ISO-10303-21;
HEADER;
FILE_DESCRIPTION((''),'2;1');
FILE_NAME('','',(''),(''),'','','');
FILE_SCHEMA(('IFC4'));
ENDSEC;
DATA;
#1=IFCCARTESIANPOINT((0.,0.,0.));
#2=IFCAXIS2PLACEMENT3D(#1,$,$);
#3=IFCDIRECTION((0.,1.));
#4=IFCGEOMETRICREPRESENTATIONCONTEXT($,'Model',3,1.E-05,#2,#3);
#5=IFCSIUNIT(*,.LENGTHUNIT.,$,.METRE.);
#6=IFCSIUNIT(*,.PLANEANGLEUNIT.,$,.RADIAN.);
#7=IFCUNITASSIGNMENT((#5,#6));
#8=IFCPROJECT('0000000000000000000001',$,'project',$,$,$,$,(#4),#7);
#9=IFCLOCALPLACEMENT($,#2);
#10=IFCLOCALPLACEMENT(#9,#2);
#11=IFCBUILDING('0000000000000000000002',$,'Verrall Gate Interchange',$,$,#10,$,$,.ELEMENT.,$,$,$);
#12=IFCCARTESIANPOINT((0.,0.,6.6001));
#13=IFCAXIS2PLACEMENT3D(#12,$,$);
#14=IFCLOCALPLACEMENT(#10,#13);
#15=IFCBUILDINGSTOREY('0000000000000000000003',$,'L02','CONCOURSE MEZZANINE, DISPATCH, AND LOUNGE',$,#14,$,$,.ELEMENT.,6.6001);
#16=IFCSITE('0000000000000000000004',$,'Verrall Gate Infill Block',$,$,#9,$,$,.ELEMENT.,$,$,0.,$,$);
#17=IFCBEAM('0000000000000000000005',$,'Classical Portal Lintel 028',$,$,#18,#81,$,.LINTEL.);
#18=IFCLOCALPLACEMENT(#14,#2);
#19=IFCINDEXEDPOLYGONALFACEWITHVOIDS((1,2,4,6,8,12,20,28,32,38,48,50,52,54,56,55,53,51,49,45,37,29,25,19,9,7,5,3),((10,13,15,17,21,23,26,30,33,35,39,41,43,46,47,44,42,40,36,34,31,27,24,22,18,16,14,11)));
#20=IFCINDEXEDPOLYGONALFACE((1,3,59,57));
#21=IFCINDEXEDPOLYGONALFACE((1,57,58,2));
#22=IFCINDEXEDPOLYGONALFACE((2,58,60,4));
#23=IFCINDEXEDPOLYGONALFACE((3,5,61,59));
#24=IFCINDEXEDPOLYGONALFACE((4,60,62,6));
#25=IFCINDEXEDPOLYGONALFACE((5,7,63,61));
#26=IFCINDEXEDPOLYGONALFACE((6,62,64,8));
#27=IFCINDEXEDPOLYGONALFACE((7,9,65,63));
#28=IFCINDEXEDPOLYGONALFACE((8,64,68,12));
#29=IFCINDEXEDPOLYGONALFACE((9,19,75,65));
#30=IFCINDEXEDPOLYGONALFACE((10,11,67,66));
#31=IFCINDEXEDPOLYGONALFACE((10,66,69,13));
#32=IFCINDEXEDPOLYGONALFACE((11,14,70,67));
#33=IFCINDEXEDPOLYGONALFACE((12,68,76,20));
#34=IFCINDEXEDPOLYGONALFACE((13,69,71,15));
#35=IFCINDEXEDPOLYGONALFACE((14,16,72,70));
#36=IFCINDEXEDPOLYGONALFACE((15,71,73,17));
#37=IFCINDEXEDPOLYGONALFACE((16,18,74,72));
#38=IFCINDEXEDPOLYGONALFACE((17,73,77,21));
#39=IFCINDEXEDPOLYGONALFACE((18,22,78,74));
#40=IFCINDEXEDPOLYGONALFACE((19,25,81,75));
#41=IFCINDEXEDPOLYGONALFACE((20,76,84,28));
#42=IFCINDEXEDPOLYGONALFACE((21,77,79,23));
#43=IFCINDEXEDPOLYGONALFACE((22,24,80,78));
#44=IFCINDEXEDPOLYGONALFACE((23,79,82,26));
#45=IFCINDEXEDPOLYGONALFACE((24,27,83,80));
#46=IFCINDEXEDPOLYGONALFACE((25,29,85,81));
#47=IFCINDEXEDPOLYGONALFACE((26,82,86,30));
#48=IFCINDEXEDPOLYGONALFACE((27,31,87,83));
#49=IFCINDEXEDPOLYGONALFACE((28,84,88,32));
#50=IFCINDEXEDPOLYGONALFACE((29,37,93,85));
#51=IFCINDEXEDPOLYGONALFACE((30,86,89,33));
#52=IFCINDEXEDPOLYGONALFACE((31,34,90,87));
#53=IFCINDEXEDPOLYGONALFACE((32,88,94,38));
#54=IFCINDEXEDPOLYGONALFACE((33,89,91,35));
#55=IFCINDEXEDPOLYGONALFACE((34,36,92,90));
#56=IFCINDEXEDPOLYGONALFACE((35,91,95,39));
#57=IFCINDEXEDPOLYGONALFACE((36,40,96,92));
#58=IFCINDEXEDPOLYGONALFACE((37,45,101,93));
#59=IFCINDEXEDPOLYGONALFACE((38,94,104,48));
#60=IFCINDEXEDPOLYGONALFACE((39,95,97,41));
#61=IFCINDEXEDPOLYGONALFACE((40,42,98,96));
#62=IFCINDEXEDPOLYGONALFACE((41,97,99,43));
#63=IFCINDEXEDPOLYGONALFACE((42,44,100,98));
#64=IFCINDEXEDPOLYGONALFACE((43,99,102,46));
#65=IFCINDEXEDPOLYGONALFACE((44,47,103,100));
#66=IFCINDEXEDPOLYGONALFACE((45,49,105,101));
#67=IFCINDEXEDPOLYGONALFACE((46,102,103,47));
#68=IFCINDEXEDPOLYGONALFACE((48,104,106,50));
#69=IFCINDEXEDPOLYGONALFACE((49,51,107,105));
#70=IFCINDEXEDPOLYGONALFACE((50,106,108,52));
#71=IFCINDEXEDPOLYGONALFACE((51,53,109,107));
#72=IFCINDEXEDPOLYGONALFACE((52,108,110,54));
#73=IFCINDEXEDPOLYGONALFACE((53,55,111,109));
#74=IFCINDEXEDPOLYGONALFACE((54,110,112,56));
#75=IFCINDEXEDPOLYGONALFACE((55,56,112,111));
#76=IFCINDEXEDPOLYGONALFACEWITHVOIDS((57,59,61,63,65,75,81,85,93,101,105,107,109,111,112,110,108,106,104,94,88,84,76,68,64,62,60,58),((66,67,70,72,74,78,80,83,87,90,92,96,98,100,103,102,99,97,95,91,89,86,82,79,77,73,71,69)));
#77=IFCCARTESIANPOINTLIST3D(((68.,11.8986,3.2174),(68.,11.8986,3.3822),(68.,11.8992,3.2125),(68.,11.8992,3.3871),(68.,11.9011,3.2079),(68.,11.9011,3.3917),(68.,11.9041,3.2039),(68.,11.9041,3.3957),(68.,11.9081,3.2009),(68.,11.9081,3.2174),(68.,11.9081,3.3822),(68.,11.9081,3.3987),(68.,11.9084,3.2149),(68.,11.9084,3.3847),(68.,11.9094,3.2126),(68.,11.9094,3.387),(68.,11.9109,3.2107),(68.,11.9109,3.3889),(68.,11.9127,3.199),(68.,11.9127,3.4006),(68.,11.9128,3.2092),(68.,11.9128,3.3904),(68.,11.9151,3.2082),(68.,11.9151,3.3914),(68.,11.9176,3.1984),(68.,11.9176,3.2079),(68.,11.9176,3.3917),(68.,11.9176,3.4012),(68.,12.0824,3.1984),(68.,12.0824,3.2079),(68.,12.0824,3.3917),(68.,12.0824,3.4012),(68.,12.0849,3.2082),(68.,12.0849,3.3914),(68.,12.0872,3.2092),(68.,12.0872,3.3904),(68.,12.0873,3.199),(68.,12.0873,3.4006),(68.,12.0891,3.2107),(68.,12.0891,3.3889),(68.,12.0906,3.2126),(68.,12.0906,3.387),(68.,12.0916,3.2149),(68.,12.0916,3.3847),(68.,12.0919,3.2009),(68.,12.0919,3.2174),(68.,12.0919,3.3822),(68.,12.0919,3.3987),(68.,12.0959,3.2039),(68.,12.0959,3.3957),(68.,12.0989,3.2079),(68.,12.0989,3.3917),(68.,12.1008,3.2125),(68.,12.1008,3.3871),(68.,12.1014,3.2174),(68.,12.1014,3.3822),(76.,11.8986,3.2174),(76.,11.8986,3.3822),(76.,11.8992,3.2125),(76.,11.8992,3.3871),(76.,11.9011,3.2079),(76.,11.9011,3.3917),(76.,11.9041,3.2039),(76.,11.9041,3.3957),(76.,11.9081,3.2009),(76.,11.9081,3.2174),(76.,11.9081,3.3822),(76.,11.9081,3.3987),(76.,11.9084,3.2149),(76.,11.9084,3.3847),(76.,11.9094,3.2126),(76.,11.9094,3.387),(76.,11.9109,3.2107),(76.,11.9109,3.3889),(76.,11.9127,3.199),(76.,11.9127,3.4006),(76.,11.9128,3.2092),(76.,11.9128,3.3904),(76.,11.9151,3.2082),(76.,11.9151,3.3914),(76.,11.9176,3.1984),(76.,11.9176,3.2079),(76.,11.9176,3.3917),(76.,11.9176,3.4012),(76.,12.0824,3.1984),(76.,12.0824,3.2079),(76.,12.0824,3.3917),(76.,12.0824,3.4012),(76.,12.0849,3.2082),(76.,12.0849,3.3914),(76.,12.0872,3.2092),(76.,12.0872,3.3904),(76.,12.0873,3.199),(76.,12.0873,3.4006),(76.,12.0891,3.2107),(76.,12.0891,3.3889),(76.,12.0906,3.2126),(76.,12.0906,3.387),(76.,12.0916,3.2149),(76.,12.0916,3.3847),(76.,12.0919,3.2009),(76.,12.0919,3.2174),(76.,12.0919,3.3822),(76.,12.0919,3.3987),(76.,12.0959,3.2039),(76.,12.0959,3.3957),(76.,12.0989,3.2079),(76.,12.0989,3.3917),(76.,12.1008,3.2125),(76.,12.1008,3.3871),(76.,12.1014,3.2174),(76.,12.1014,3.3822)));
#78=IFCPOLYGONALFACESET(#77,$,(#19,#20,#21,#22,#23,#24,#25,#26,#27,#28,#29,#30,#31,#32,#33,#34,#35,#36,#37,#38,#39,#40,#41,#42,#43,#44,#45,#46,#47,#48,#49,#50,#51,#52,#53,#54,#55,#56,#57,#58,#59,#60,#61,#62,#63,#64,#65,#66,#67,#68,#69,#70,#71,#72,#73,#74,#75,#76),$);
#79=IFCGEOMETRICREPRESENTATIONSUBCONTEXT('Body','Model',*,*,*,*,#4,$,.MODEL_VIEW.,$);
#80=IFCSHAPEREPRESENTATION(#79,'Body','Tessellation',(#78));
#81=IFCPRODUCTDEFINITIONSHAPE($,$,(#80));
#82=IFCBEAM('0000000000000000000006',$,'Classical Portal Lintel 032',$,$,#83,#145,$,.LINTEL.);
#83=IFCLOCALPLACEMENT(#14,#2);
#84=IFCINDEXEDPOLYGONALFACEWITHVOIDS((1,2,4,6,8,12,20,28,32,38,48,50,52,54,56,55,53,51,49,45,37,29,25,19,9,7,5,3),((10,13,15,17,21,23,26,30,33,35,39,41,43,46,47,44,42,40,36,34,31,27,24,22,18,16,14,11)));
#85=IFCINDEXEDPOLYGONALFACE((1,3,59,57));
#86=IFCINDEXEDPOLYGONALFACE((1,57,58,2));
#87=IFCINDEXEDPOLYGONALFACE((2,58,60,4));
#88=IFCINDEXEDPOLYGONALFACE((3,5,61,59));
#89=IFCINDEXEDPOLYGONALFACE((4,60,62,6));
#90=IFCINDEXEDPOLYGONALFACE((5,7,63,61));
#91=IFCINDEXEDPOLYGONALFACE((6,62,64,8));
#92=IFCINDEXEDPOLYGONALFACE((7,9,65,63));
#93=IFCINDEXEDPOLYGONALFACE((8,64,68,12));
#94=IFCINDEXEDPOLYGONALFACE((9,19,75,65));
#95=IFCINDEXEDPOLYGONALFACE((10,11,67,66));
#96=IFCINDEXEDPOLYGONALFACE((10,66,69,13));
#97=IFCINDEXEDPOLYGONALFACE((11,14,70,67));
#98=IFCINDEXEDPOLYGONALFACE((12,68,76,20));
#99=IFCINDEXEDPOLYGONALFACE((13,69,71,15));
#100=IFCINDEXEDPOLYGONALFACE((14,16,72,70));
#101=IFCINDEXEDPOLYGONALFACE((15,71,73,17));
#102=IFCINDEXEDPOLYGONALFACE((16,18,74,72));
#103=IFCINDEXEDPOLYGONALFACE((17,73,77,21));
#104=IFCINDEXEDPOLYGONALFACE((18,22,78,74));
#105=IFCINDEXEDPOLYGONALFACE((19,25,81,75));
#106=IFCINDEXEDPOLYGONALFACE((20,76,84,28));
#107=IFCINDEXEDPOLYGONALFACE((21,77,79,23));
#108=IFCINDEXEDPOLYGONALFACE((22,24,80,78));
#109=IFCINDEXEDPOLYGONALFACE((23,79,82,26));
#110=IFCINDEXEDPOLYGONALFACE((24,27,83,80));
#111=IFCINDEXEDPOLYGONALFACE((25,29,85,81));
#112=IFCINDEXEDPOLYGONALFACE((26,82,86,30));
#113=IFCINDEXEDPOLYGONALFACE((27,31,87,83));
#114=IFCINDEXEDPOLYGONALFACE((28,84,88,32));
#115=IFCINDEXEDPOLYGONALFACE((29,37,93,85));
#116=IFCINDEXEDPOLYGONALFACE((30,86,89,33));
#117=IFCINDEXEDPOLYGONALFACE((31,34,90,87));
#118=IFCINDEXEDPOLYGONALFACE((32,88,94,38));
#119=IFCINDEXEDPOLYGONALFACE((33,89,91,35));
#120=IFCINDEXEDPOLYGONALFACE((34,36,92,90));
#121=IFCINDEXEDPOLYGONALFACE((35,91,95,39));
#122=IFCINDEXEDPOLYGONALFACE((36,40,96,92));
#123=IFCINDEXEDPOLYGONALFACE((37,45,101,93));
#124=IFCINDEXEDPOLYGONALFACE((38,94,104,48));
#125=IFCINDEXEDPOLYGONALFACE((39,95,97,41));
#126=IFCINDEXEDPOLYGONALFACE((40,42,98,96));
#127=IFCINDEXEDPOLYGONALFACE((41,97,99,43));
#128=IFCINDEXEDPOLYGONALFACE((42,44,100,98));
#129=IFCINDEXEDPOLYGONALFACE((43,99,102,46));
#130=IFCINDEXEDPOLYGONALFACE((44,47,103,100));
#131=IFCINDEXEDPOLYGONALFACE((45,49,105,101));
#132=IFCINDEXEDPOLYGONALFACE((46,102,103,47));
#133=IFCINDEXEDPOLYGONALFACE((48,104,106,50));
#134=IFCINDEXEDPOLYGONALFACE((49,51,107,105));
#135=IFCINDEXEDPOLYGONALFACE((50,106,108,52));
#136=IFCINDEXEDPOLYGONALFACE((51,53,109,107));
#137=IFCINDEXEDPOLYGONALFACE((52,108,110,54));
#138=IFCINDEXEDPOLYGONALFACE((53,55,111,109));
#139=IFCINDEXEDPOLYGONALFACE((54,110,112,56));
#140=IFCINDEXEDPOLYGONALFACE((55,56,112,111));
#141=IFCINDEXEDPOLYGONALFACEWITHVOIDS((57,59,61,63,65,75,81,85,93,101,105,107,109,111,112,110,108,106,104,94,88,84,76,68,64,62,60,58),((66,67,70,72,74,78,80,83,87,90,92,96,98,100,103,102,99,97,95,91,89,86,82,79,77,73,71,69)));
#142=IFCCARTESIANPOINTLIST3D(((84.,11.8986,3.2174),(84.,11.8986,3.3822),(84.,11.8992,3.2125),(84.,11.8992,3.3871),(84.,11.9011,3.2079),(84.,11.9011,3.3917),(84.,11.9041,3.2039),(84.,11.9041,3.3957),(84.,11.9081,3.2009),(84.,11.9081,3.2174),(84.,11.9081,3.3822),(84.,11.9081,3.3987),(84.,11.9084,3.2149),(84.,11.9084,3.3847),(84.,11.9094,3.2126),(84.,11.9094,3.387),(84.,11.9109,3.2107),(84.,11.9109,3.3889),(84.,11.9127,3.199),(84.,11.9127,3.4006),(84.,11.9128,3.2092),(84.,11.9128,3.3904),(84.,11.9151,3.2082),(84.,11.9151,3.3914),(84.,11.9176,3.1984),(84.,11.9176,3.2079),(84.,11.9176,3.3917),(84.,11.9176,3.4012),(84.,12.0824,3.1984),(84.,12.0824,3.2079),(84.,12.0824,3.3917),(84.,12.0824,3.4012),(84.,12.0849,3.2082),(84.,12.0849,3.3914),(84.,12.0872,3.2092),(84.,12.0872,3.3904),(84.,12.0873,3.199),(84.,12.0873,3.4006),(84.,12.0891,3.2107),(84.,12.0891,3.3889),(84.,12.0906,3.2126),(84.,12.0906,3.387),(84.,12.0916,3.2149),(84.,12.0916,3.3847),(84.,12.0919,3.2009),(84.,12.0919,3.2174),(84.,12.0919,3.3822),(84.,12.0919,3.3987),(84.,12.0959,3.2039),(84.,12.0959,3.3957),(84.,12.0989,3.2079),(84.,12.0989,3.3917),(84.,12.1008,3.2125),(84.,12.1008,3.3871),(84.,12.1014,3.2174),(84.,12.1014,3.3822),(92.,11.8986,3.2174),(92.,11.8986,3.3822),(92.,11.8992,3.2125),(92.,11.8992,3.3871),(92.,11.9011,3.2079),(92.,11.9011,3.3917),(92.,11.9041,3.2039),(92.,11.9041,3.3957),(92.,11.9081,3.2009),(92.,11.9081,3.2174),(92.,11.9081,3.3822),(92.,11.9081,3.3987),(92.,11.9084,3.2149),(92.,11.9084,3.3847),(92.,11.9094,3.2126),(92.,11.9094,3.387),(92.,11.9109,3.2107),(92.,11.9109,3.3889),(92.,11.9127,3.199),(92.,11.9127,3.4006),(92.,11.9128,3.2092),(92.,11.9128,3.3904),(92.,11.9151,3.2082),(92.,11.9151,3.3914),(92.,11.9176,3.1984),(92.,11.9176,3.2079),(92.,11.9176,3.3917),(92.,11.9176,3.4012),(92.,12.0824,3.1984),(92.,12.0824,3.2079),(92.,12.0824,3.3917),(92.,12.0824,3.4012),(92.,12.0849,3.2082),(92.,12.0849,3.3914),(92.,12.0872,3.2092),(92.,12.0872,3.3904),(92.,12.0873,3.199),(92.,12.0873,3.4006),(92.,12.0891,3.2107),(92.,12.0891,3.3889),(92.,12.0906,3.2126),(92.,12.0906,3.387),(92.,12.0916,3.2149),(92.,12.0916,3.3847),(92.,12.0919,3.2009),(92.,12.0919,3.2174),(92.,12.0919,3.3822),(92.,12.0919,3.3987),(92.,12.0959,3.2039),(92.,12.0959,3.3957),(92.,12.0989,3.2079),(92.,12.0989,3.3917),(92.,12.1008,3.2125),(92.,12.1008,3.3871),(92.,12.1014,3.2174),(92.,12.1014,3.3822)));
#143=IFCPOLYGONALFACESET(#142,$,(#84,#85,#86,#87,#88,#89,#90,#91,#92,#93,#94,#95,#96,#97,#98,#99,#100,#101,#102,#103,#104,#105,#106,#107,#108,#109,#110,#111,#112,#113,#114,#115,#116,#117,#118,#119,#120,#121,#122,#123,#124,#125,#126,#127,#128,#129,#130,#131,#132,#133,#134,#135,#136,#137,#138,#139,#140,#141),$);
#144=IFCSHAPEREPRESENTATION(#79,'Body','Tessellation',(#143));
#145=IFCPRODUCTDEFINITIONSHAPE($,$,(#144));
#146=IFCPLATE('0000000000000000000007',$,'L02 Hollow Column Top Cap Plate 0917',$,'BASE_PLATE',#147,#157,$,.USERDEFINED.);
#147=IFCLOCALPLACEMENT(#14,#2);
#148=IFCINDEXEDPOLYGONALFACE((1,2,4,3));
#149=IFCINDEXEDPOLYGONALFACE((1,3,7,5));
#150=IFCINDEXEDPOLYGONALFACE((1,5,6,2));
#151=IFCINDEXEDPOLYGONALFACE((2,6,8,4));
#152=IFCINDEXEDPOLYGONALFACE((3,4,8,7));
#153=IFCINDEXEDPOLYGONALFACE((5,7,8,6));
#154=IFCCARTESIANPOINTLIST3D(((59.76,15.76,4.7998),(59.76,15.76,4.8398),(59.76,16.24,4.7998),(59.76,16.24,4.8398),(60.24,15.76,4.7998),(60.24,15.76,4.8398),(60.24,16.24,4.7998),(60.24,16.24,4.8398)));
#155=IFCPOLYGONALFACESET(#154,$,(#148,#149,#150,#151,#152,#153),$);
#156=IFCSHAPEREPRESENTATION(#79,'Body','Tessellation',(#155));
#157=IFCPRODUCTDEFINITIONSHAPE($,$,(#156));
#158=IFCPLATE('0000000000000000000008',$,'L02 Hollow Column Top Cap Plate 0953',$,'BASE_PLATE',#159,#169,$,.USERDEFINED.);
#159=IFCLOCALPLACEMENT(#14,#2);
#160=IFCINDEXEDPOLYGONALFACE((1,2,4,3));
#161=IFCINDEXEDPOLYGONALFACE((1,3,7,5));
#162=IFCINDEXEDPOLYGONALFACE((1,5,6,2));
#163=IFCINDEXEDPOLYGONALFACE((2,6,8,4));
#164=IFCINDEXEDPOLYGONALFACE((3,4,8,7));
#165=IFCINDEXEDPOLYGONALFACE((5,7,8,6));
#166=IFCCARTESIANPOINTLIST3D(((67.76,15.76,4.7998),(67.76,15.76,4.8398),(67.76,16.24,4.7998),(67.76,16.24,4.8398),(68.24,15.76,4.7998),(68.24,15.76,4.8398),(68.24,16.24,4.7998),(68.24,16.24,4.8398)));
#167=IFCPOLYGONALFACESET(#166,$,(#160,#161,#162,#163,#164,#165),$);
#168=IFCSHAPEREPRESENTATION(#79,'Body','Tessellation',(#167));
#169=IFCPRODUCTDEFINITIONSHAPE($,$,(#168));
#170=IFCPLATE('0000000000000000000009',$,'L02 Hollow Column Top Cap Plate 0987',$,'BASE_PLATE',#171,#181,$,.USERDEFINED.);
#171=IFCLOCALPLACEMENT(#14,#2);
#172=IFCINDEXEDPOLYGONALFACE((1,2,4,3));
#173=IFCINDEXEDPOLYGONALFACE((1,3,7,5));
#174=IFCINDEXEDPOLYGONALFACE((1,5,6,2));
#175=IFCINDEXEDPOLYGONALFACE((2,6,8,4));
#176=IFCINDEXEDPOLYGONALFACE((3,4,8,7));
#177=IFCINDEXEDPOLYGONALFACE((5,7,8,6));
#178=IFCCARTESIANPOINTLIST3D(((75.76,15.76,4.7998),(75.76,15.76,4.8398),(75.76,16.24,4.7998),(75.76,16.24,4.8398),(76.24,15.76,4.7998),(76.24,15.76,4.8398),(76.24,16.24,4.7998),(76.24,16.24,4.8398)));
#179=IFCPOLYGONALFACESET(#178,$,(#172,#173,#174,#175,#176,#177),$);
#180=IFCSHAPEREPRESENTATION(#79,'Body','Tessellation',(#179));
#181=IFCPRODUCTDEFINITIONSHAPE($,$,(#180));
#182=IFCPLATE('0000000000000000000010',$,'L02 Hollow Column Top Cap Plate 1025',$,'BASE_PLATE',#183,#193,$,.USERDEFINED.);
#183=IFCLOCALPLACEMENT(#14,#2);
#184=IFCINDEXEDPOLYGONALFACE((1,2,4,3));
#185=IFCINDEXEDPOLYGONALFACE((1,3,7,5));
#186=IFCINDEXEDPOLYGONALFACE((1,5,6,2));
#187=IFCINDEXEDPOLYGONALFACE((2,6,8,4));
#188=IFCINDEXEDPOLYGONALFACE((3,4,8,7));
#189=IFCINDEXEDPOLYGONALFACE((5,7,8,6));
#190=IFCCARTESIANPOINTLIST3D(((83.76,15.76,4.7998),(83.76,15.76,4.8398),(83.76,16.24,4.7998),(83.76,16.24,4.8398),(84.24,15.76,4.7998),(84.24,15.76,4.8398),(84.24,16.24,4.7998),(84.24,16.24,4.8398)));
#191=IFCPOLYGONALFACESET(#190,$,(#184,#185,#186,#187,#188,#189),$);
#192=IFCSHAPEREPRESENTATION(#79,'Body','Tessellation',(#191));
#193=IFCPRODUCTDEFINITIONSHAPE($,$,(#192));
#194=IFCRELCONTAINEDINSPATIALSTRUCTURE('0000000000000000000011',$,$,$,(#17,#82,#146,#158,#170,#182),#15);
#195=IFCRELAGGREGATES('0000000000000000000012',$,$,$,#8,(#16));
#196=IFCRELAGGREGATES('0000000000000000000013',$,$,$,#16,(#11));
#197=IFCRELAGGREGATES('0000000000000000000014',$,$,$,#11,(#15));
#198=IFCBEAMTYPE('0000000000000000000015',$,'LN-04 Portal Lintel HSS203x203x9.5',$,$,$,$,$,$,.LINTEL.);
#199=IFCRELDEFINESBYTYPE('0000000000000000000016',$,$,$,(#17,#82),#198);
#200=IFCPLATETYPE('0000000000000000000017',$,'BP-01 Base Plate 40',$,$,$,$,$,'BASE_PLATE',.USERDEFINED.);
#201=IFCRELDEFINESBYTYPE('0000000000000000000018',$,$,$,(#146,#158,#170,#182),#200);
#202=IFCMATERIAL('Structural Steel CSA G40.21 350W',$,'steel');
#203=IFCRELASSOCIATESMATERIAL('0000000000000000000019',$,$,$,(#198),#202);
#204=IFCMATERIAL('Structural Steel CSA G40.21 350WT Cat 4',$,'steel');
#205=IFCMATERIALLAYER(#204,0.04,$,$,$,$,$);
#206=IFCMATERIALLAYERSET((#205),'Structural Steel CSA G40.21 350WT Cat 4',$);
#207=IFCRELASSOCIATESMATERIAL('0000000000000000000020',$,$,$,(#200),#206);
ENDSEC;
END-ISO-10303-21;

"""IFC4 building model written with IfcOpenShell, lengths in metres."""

from ifc_helpers import new_model, si_unit, direction, frame, origin, origin_2d, place, context, subcontext, project, spatial, rectangle, hollow_rectangle, extrude, material, layer, layer_set, material_profile, profile_set, type_object, element, save


model = new_model("IFC4")

# Units and contexts
model_context = context("Model", 3, precision=1e-05, world=origin(), true_north=direction((0.0, 1.0)))
body_context = subcontext(model_context, "Body", "Model", "MODEL_VIEW")
ifc_project = project(units=[si_unit("LENGTHUNIT", "METRE"), si_unit("PLANEANGLEUNIT", "RADIAN")], contexts=[model_context])

# Site, building, storey
site_placement = place(None, origin())
site = spatial("IfcSite", under=ifc_project, at=site_placement, Name="Verrall Gate Infill Block", CompositionType="ELEMENT", RefElevation=0.0)
building_placement = place(site_placement, origin())
building = spatial("IfcBuilding", under=site, at=building_placement, Name="Verrall Gate Interchange", CompositionType="ELEMENT")
storey_placement = place(building_placement, frame((0.0, 0.0, 6.6001)))
storey = spatial("IfcBuildingStorey", under=building, at=storey_placement, Name="L02", Description="CONCOURSE MEZZANINE, DISPATCH, AND LOUNGE", CompositionType="ELEMENT", Elevation=6.6001)

# Beams
ifc_material_1 = material(Name="Structural Steel CSA G40.21 350W", Category="steel")
ifc_material_profile_1 = material_profile(ifc_material_1, hollow_rectangle(XDim=0.2029, YDim=0.2029, WallThickness=0.0095, InnerFilletRadius=0.0095, OuterFilletRadius=0.019, at=origin_2d()), Name="HSS203x203x9.5")
ifc_profile_set_1 = profile_set([ifc_material_profile_1], Name="Structural Steel CSA G40.21 350W")
beam_type_1 = type_object("IfcBeamType", Name="LN-04 Portal Lintel HSS203x203x9.5", PredefinedType="LINTEL", material=ifc_profile_set_1)
for number, where, z_axis, x_axis, name in (
    (1, (68.0, 12.0, 3.2998), (1.0, 0.0, 0.0), (0.0, 1.0, 0.0), "Classical Portal Lintel 028"),
    (2, (84.0, 12.0, 3.2998), (1.0, 0.0, 0.0), (0.0, 1.0, 0.0), "Classical Portal Lintel 032"),
):
    element("IfcBeam", number, at=place(storey_placement, frame(where, z_axis=z_axis, x_axis=x_axis)), inside=storey, type_object=beam_type_1, Name=name, PredefinedType="LINTEL", context=body_context, shape_type="SweptSolid", body=[
        extrude(hollow_rectangle(XDim=0.2029, YDim=0.2029, WallThickness=0.0095, InnerFilletRadius=0.0095, OuterFilletRadius=0.019, at=origin_2d()), origin(), (0.0, 0.0, 1.0), 8.0),
    ])

# Plates
ifc_material_2 = material(Name="Structural Steel CSA G40.21 350WT Cat 4", Category="steel")
ifc_layer = layer(ifc_material_2, 0.04)
ifc_layer_set = layer_set([ifc_layer], Name="Structural Steel CSA G40.21 350WT Cat 4")
plate_type = type_object("IfcPlateType", Name="BP-01 Base Plate 40", ElementType="BASE_PLATE", PredefinedType="USERDEFINED", material=ifc_layer_set)
for number, where, z_axis, x_axis, name in (
    (3, (60.0, 16.0, 4.7998), (0.0, 0.0, 1.0), (1.0, 0.0, 0.0), "L02 Hollow Column Top Cap Plate 0917"),
    (4, (68.0, 16.0, 4.7998), (0.0, 0.0, 1.0), (1.0, 0.0, 0.0), "L02 Hollow Column Top Cap Plate 0953"),
    (5, (76.0, 16.0, 4.7998), (0.0, 0.0, 1.0), (1.0, 0.0, 0.0), "L02 Hollow Column Top Cap Plate 0987"),
    (6, (84.0, 16.0, 4.7998), (0.0, 0.0, 1.0), (1.0, 0.0, 0.0), "L02 Hollow Column Top Cap Plate 1025"),
):
    element("IfcPlate", number, at=place(storey_placement, frame(where, z_axis=z_axis, x_axis=x_axis)), inside=storey, type_object=plate_type, Name=name, ObjectType="BASE_PLATE", PredefinedType="USERDEFINED", context=body_context, shape_type="SweptSolid", body=[
        extrude(rectangle(XDim=0.48, YDim=0.48, at=origin_2d()), origin(), (0.0, 0.0, 1.0), 0.04),
    ])

save(model, "model.ifc")
